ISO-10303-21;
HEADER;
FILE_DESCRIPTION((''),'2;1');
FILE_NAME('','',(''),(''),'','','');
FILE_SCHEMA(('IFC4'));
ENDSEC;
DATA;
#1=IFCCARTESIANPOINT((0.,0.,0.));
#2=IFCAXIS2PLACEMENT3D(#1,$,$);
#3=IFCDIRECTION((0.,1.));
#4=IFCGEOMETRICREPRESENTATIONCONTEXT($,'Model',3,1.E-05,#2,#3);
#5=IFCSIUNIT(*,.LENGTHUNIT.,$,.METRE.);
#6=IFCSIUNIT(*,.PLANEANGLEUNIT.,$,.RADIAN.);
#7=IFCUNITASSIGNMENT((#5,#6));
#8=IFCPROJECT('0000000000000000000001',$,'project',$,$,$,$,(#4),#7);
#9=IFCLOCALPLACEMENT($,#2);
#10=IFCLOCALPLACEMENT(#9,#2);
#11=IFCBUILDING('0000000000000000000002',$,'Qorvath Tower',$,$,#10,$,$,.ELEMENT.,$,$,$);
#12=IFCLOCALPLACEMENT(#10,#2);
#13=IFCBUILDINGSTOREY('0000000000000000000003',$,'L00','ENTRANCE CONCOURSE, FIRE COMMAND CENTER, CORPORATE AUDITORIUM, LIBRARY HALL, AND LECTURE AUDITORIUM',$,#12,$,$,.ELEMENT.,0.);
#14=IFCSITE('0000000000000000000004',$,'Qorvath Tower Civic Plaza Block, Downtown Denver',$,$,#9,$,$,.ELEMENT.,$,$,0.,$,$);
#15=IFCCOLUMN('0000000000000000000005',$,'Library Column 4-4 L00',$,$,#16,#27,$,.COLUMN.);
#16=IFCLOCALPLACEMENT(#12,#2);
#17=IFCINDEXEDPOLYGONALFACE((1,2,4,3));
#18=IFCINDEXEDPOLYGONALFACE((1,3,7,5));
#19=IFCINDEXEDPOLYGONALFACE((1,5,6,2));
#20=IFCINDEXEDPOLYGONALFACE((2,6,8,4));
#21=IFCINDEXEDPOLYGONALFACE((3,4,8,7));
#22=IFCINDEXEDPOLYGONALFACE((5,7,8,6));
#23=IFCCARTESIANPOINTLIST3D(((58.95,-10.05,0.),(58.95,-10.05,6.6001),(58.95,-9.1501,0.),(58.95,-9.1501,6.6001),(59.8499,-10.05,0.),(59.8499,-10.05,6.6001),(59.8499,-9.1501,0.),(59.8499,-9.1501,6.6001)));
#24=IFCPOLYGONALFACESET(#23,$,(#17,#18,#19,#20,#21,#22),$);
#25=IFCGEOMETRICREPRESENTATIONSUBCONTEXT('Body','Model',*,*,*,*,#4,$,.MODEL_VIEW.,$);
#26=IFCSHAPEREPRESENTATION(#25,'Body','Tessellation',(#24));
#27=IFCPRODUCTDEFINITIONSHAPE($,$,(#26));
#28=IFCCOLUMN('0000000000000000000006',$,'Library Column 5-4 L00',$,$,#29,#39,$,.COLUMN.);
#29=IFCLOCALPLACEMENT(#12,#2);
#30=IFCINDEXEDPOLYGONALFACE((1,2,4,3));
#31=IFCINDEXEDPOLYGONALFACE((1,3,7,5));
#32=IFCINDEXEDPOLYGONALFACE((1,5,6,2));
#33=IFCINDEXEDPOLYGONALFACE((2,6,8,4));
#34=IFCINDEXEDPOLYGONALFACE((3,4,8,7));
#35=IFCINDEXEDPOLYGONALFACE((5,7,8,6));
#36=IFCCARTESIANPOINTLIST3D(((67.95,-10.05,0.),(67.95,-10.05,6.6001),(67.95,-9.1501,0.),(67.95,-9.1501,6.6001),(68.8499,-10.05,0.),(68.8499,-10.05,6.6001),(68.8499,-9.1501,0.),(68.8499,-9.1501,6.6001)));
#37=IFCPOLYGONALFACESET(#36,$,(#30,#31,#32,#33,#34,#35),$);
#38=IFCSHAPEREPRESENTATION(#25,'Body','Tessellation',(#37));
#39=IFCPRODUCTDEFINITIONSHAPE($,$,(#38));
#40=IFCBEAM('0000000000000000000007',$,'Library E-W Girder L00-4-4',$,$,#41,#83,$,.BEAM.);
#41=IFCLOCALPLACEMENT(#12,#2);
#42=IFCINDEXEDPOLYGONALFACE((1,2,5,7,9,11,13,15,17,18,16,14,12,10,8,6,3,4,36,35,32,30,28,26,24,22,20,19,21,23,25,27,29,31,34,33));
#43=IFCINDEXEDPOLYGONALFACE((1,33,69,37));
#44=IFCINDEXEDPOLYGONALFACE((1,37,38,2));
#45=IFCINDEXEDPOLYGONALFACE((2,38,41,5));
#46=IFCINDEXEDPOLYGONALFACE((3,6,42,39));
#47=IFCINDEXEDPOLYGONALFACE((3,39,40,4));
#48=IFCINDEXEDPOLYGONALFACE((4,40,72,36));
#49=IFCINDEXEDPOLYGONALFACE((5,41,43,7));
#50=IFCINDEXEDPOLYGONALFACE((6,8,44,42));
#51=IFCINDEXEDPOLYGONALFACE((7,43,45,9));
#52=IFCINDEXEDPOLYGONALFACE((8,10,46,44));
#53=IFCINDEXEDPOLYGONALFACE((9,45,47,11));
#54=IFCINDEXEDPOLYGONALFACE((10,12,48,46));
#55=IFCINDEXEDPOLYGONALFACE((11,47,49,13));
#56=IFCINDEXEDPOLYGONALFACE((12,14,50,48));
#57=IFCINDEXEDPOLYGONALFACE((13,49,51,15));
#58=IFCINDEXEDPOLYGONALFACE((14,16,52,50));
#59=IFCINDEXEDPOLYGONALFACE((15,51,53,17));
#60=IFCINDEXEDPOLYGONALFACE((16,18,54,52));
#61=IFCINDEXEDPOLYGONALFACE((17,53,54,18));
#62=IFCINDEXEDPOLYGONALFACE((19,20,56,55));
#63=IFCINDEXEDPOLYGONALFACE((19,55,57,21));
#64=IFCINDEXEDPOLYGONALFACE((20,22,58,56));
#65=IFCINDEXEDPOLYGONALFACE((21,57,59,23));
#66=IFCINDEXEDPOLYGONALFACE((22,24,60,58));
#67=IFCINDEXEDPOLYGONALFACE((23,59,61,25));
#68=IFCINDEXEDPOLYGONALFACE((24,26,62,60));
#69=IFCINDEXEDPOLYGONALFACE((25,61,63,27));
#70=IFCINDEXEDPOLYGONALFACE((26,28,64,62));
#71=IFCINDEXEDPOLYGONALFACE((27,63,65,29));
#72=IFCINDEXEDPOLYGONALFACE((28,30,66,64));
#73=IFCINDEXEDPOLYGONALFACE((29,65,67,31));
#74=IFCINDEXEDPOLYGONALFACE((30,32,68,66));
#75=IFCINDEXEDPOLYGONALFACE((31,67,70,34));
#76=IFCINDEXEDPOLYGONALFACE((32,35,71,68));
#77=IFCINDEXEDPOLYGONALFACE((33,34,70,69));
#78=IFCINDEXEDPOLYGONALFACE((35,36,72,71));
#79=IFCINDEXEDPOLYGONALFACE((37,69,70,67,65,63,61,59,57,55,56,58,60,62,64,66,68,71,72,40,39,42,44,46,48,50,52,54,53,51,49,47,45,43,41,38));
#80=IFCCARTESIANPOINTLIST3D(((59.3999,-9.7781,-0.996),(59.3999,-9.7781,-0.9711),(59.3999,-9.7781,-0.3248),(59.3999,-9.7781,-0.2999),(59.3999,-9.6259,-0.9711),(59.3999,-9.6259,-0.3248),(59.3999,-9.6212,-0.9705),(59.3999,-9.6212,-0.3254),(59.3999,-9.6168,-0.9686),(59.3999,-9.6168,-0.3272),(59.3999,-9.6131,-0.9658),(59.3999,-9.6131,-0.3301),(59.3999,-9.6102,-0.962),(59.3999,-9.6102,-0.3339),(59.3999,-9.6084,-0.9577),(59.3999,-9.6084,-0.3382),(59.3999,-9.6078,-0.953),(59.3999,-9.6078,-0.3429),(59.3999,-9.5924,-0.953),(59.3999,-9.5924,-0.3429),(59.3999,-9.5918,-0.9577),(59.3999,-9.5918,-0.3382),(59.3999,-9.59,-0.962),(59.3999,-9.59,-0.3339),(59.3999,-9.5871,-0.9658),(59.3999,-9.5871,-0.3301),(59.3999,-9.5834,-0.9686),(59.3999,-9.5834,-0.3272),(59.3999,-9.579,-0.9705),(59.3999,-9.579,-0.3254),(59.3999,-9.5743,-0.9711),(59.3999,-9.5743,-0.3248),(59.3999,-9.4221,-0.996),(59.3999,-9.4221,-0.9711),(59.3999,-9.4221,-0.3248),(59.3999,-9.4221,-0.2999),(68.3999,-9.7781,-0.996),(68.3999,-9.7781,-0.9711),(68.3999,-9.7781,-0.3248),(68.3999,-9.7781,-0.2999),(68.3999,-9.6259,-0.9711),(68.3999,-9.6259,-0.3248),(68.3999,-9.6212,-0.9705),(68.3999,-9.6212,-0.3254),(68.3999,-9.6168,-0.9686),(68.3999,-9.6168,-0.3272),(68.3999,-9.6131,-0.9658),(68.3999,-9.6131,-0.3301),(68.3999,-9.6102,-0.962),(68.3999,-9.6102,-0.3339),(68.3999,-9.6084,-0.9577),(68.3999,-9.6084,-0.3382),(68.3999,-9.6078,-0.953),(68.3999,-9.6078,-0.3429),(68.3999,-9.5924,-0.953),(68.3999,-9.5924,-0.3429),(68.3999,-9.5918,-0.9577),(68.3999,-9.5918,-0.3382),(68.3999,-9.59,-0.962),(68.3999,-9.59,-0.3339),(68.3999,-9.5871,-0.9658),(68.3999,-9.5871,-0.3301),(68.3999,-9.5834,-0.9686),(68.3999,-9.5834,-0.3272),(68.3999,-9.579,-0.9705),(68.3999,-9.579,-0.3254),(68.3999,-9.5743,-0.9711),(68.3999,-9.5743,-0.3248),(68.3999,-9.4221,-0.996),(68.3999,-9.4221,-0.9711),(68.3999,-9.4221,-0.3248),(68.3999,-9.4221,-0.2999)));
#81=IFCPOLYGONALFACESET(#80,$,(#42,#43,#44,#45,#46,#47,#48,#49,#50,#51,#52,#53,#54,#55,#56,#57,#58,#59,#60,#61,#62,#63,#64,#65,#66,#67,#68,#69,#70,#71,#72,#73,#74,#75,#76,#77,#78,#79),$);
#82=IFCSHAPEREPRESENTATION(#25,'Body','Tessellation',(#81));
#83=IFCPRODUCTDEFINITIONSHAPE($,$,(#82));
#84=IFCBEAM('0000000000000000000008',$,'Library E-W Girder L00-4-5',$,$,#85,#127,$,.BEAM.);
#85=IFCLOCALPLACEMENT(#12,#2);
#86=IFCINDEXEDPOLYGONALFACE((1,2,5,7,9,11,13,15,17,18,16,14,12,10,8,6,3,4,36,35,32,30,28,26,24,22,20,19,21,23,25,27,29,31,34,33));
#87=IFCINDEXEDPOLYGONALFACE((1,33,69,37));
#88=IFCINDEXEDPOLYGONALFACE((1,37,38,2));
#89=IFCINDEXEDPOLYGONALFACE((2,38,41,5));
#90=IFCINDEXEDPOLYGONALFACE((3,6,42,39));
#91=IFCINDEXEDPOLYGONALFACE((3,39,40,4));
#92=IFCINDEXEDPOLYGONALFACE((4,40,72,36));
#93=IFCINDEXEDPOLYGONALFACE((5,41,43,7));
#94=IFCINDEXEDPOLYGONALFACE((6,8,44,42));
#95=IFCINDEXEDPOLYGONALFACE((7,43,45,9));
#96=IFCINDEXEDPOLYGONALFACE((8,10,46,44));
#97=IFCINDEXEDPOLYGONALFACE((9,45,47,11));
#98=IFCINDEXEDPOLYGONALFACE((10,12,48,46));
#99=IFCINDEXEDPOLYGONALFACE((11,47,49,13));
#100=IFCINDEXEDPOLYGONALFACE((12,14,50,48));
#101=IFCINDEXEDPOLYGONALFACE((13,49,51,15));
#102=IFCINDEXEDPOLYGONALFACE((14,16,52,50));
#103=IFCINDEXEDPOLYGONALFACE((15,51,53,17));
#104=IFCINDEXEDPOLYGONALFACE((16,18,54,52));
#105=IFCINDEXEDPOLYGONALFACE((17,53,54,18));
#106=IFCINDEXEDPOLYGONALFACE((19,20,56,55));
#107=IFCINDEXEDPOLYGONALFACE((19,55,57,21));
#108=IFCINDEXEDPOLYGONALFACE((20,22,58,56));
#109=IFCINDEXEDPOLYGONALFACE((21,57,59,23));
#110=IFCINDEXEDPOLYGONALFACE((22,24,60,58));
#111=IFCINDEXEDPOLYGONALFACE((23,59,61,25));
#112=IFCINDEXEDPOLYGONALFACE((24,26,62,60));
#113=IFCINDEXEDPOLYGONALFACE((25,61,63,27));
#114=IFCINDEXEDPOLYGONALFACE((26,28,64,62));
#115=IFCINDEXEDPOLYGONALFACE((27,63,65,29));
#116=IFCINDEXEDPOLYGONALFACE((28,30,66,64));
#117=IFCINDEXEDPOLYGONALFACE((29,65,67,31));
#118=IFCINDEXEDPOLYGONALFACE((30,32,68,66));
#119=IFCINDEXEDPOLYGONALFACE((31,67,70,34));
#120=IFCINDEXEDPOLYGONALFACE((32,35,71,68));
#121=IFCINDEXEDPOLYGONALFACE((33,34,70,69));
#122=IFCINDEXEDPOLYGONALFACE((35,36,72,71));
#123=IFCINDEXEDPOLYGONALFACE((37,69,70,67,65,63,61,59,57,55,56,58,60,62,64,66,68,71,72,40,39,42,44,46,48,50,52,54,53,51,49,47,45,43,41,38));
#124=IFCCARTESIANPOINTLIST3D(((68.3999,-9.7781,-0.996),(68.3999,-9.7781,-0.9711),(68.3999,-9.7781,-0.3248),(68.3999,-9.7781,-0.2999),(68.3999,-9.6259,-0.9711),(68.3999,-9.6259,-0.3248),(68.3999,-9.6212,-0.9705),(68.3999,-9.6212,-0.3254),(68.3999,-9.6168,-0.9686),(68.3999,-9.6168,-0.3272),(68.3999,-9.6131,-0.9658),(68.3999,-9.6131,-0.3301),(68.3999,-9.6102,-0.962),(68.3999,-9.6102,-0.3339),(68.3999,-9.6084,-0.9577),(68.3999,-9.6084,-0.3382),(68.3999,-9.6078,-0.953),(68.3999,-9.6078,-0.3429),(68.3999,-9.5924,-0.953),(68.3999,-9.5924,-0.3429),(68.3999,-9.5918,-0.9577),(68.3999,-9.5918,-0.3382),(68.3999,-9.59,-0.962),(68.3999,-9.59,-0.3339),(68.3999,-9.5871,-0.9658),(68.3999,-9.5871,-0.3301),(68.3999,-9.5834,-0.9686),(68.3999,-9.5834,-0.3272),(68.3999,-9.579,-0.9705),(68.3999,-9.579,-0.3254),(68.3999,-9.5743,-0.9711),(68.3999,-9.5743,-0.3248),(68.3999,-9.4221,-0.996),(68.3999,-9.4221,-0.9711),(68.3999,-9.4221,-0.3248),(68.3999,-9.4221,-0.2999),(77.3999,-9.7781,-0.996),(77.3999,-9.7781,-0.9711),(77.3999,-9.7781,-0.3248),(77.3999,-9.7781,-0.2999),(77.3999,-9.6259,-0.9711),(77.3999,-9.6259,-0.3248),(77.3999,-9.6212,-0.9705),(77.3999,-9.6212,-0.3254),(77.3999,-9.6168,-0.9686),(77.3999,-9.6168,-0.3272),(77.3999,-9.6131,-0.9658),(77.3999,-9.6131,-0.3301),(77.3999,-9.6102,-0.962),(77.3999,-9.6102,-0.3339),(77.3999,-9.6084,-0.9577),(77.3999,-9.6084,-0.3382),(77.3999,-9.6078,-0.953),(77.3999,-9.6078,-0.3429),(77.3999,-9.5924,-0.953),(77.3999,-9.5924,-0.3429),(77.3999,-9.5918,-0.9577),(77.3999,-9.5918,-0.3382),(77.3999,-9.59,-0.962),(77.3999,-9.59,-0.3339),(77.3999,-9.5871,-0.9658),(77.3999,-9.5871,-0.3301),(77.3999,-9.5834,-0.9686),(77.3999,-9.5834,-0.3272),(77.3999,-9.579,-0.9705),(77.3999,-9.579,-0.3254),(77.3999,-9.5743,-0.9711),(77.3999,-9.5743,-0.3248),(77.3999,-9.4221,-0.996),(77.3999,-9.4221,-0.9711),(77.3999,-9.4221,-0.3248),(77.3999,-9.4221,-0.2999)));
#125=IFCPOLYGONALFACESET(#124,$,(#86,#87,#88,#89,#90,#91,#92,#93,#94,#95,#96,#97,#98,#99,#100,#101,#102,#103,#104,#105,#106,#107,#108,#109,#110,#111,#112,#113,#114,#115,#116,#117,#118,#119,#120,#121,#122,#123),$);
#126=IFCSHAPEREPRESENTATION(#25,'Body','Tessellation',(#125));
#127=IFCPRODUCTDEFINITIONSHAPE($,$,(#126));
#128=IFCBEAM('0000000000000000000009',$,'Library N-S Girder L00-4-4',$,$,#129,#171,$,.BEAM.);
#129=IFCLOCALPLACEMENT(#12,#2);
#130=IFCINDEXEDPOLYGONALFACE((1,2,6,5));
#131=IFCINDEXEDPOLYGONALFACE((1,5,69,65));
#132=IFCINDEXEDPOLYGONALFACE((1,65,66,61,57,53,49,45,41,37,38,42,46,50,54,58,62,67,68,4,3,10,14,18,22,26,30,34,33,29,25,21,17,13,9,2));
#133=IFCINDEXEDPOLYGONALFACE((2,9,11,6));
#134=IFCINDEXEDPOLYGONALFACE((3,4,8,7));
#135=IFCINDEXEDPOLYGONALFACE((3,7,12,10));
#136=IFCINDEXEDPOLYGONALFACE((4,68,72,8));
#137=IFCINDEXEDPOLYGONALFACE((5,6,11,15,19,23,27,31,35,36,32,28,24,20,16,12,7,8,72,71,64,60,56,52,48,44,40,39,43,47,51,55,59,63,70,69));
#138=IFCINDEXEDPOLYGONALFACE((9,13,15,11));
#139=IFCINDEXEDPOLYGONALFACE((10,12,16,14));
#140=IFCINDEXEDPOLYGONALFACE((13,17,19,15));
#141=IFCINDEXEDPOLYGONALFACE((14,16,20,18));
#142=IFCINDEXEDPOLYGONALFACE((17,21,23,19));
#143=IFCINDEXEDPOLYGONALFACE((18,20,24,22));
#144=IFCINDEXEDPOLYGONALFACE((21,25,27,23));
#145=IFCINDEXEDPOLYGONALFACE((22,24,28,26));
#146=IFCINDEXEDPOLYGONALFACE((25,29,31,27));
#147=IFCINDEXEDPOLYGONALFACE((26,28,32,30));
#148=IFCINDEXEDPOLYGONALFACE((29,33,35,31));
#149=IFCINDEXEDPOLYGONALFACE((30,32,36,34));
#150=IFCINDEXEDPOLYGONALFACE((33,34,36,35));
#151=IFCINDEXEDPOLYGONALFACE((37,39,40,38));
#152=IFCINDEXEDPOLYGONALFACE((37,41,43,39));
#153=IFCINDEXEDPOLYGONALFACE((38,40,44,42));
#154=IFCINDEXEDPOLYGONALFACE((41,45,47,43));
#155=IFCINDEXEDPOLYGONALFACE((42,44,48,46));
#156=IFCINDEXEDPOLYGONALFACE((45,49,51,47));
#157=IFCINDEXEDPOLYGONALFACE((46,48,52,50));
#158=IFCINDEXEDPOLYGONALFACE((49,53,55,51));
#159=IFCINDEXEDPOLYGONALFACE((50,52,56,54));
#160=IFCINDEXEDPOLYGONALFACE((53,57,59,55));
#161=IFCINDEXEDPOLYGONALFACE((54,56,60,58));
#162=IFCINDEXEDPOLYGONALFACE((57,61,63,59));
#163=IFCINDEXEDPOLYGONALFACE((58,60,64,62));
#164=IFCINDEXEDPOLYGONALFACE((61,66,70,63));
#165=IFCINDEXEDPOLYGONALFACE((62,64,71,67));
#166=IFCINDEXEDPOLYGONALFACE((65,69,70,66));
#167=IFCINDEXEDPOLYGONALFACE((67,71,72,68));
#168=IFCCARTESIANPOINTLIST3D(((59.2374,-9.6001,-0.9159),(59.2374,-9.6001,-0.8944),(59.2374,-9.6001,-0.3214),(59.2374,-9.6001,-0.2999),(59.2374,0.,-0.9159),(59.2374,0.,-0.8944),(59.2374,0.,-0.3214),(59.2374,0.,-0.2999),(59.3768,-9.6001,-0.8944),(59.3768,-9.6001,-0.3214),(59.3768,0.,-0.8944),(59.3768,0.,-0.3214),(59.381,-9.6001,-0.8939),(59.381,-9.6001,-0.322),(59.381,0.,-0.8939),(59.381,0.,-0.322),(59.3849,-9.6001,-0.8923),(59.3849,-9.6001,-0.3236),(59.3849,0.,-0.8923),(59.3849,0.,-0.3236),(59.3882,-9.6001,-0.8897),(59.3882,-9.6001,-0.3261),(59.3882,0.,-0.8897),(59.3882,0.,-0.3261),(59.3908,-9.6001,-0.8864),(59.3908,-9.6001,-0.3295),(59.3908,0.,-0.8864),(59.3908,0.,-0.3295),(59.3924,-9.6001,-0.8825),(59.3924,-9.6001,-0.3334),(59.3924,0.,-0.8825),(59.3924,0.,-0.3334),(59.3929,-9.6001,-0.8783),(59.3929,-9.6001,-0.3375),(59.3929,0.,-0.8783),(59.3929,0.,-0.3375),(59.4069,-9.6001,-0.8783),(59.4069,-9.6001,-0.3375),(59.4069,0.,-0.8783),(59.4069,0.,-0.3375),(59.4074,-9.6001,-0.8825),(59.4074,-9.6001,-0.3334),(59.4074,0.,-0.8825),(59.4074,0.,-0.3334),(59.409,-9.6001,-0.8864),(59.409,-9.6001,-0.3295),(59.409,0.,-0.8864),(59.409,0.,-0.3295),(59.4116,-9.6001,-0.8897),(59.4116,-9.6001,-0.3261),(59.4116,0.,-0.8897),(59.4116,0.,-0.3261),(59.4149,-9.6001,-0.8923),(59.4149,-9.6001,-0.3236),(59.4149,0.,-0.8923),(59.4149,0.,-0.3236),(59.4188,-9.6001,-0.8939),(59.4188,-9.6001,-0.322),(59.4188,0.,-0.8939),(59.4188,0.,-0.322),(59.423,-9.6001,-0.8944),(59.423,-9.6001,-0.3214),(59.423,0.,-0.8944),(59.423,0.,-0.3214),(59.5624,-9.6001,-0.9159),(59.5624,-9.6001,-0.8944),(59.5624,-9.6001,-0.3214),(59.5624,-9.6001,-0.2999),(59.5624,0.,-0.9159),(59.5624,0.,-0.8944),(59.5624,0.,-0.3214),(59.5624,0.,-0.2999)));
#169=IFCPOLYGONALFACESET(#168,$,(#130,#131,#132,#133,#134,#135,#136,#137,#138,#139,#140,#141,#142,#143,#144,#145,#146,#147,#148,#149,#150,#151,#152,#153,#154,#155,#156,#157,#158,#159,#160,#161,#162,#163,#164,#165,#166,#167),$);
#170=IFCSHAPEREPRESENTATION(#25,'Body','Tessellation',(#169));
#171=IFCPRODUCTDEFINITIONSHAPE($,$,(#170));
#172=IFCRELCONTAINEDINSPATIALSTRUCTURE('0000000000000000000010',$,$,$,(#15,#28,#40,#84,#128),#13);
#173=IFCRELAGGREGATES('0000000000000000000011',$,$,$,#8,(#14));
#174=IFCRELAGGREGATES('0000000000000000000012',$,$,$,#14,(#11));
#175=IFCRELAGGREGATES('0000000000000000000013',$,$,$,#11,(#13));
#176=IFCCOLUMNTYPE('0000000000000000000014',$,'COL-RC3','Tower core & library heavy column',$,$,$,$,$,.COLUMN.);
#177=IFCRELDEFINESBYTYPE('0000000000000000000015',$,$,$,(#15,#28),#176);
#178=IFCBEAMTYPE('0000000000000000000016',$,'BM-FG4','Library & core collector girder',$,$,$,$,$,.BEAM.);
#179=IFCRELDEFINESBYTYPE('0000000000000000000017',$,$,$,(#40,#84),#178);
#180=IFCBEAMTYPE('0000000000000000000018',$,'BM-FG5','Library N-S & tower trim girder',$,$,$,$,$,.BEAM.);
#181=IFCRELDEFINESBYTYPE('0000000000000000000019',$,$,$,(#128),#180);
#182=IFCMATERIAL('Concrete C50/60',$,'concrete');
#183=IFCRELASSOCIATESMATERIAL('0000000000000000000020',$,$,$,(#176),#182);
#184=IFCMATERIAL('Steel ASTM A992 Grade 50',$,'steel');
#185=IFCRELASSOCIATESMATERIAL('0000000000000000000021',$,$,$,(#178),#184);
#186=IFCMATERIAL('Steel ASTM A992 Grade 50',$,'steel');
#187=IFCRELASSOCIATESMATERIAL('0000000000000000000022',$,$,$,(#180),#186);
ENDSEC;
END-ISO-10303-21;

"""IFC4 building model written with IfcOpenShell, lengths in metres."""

from ifc_helpers import new_model, si_unit, direction, frame, origin, origin_2d, place, context, subcontext, project, spatial, rectangle, i_section, extrude, material, material_profile, profile_set, type_object, element, save


model = new_model("IFC4")

# Units and contexts
model_context = context("Model", 3, precision=1e-05, world=origin(), true_north=direction((0.0, 1.0)))
body_context = subcontext(model_context, "Body", "Model", "MODEL_VIEW")
ifc_project = project(units=[si_unit("LENGTHUNIT", "METRE"), si_unit("PLANEANGLEUNIT", "RADIAN")], contexts=[model_context])

# Site, building, storey
site_placement = place(None, origin())
site = spatial("IfcSite", under=ifc_project, at=site_placement, Name="Qorvath Tower Civic Plaza Block, Downtown Denver", CompositionType="ELEMENT", RefElevation=0.0)
building_placement = place(site_placement, origin())
building = spatial("IfcBuilding", under=site, at=building_placement, Name="Qorvath Tower", CompositionType="ELEMENT")
storey_placement = place(building_placement, origin())
storey = spatial("IfcBuildingStorey", under=building, at=storey_placement, Name="L00", Description="ENTRANCE CONCOURSE, FIRE COMMAND CENTER, CORPORATE AUDITORIUM, LIBRARY HALL, AND LECTURE AUDITORIUM", CompositionType="ELEMENT", Elevation=0.0)

# Columns
ifc_material_1 = material(Name="Concrete C50/60", Category="concrete")
ifc_material_profile_1 = material_profile(ifc_material_1, rectangle(XDim=0.8999, YDim=0.8999, at=origin_2d()), Name="RC 900x900")
ifc_profile_set_1 = profile_set([ifc_material_profile_1], Name="Concrete C50/60")
column_type = type_object("IfcColumnType", Name="COL-RC3", Description="Tower core & library heavy column", PredefinedType="COLUMN", material=ifc_profile_set_1)
for number, where, z_axis, x_axis, name in (
    (1, (59.3999, -9.6001, 0.0), (0.0, 0.0, 1.0), (1.0, 0.0, 0.0), "Library Column 4-4 L00"),
    (2, (68.3999, -9.6001, 0.0), (0.0, 0.0, 1.0), (1.0, 0.0, 0.0), "Library Column 5-4 L00"),
):
    element("IfcColumn", number, at=place(storey_placement, frame(where, z_axis=z_axis, x_axis=x_axis)), inside=storey, type_object=column_type, Name=name, PredefinedType="COLUMN", context=body_context, shape_type="SweptSolid", body=[
        extrude(rectangle(XDim=0.8999, YDim=0.8999, at=origin_2d()), origin(), (0.0, 0.0, 1.0), 6.6001),
    ])

# Beams
ifc_material_2 = material(Name="Steel ASTM A992 Grade 50", Category="steel")
ifc_material_profile_2 = material_profile(ifc_material_2, i_section(OverallWidth=0.356, OverallDepth=0.696, WebThickness=0.0154, FlangeThickness=0.0249, FilletRadius=0.0181, at=origin_2d()), Name="W27x146")
ifc_profile_set_2 = profile_set([ifc_material_profile_2], Name="Steel ASTM A992 Grade 50")
beam_type_1 = type_object("IfcBeamType", Name="BM-FG4", Description="Library & core collector girder", PredefinedType="BEAM", material=ifc_profile_set_2)
for number, where, z_axis, x_axis, name in (
    (3, (59.3999, -9.6001, -0.6479), (1.0, 0.0, 0.0), (0.0, 1.0, 0.0), "Library E-W Girder L00-4-4"),
    (4, (68.3999, -9.6001, -0.6479), (1.0, 0.0, 0.0), (0.0, 1.0, 0.0), "Library E-W Girder L00-4-5"),
):
    element("IfcBeam", number, at=place(storey_placement, frame(where, z_axis=z_axis, x_axis=x_axis)), inside=storey, type_object=beam_type_1, Name=name, PredefinedType="BEAM", context=body_context, shape_type="SweptSolid", body=[
        extrude(i_section(OverallWidth=0.356, OverallDepth=0.696, WebThickness=0.0154, FlangeThickness=0.0249, FilletRadius=0.0181, at=origin_2d()), origin(), (0.0, 0.0, 1.0), 9.0),
    ])
ifc_material_3 = material(Name="Steel ASTM A992 Grade 50", Category="steel")
ifc_material_profile_3 = material_profile(ifc_material_3, i_section(OverallWidth=0.325, OverallDepth=0.616, WebThickness=0.0139, FlangeThickness=0.0215, FilletRadius=0.0161, at=origin_2d()), Name="W24x117")
ifc_profile_set_3 = profile_set([ifc_material_profile_3], Name="Steel ASTM A992 Grade 50")
beam_type_2 = type_object("IfcBeamType", Name="BM-FG5", Description="Library N-S & tower trim girder", PredefinedType="BEAM", material=ifc_profile_set_3)
for number, where, z_axis, x_axis, name in (
    (5, (59.3999, -9.6001, -0.6079), (0.0, 1.0, 0.0), (-1.0, 0.0, 0.0), "Library N-S Girder L00-4-4"),
):
    element("IfcBeam", number, at=place(storey_placement, frame(where, z_axis=z_axis, x_axis=x_axis)), inside=storey, type_object=beam_type_2, Name=name, PredefinedType="BEAM", context=body_context, shape_type="SweptSolid", body=[
        extrude(i_section(OverallWidth=0.325, OverallDepth=0.616, WebThickness=0.0139, FlangeThickness=0.0215, FilletRadius=0.0161, at=origin_2d()), origin(), (0.0, 0.0, 1.0), 9.6001),
    ])

save(model, "model.ifc")
